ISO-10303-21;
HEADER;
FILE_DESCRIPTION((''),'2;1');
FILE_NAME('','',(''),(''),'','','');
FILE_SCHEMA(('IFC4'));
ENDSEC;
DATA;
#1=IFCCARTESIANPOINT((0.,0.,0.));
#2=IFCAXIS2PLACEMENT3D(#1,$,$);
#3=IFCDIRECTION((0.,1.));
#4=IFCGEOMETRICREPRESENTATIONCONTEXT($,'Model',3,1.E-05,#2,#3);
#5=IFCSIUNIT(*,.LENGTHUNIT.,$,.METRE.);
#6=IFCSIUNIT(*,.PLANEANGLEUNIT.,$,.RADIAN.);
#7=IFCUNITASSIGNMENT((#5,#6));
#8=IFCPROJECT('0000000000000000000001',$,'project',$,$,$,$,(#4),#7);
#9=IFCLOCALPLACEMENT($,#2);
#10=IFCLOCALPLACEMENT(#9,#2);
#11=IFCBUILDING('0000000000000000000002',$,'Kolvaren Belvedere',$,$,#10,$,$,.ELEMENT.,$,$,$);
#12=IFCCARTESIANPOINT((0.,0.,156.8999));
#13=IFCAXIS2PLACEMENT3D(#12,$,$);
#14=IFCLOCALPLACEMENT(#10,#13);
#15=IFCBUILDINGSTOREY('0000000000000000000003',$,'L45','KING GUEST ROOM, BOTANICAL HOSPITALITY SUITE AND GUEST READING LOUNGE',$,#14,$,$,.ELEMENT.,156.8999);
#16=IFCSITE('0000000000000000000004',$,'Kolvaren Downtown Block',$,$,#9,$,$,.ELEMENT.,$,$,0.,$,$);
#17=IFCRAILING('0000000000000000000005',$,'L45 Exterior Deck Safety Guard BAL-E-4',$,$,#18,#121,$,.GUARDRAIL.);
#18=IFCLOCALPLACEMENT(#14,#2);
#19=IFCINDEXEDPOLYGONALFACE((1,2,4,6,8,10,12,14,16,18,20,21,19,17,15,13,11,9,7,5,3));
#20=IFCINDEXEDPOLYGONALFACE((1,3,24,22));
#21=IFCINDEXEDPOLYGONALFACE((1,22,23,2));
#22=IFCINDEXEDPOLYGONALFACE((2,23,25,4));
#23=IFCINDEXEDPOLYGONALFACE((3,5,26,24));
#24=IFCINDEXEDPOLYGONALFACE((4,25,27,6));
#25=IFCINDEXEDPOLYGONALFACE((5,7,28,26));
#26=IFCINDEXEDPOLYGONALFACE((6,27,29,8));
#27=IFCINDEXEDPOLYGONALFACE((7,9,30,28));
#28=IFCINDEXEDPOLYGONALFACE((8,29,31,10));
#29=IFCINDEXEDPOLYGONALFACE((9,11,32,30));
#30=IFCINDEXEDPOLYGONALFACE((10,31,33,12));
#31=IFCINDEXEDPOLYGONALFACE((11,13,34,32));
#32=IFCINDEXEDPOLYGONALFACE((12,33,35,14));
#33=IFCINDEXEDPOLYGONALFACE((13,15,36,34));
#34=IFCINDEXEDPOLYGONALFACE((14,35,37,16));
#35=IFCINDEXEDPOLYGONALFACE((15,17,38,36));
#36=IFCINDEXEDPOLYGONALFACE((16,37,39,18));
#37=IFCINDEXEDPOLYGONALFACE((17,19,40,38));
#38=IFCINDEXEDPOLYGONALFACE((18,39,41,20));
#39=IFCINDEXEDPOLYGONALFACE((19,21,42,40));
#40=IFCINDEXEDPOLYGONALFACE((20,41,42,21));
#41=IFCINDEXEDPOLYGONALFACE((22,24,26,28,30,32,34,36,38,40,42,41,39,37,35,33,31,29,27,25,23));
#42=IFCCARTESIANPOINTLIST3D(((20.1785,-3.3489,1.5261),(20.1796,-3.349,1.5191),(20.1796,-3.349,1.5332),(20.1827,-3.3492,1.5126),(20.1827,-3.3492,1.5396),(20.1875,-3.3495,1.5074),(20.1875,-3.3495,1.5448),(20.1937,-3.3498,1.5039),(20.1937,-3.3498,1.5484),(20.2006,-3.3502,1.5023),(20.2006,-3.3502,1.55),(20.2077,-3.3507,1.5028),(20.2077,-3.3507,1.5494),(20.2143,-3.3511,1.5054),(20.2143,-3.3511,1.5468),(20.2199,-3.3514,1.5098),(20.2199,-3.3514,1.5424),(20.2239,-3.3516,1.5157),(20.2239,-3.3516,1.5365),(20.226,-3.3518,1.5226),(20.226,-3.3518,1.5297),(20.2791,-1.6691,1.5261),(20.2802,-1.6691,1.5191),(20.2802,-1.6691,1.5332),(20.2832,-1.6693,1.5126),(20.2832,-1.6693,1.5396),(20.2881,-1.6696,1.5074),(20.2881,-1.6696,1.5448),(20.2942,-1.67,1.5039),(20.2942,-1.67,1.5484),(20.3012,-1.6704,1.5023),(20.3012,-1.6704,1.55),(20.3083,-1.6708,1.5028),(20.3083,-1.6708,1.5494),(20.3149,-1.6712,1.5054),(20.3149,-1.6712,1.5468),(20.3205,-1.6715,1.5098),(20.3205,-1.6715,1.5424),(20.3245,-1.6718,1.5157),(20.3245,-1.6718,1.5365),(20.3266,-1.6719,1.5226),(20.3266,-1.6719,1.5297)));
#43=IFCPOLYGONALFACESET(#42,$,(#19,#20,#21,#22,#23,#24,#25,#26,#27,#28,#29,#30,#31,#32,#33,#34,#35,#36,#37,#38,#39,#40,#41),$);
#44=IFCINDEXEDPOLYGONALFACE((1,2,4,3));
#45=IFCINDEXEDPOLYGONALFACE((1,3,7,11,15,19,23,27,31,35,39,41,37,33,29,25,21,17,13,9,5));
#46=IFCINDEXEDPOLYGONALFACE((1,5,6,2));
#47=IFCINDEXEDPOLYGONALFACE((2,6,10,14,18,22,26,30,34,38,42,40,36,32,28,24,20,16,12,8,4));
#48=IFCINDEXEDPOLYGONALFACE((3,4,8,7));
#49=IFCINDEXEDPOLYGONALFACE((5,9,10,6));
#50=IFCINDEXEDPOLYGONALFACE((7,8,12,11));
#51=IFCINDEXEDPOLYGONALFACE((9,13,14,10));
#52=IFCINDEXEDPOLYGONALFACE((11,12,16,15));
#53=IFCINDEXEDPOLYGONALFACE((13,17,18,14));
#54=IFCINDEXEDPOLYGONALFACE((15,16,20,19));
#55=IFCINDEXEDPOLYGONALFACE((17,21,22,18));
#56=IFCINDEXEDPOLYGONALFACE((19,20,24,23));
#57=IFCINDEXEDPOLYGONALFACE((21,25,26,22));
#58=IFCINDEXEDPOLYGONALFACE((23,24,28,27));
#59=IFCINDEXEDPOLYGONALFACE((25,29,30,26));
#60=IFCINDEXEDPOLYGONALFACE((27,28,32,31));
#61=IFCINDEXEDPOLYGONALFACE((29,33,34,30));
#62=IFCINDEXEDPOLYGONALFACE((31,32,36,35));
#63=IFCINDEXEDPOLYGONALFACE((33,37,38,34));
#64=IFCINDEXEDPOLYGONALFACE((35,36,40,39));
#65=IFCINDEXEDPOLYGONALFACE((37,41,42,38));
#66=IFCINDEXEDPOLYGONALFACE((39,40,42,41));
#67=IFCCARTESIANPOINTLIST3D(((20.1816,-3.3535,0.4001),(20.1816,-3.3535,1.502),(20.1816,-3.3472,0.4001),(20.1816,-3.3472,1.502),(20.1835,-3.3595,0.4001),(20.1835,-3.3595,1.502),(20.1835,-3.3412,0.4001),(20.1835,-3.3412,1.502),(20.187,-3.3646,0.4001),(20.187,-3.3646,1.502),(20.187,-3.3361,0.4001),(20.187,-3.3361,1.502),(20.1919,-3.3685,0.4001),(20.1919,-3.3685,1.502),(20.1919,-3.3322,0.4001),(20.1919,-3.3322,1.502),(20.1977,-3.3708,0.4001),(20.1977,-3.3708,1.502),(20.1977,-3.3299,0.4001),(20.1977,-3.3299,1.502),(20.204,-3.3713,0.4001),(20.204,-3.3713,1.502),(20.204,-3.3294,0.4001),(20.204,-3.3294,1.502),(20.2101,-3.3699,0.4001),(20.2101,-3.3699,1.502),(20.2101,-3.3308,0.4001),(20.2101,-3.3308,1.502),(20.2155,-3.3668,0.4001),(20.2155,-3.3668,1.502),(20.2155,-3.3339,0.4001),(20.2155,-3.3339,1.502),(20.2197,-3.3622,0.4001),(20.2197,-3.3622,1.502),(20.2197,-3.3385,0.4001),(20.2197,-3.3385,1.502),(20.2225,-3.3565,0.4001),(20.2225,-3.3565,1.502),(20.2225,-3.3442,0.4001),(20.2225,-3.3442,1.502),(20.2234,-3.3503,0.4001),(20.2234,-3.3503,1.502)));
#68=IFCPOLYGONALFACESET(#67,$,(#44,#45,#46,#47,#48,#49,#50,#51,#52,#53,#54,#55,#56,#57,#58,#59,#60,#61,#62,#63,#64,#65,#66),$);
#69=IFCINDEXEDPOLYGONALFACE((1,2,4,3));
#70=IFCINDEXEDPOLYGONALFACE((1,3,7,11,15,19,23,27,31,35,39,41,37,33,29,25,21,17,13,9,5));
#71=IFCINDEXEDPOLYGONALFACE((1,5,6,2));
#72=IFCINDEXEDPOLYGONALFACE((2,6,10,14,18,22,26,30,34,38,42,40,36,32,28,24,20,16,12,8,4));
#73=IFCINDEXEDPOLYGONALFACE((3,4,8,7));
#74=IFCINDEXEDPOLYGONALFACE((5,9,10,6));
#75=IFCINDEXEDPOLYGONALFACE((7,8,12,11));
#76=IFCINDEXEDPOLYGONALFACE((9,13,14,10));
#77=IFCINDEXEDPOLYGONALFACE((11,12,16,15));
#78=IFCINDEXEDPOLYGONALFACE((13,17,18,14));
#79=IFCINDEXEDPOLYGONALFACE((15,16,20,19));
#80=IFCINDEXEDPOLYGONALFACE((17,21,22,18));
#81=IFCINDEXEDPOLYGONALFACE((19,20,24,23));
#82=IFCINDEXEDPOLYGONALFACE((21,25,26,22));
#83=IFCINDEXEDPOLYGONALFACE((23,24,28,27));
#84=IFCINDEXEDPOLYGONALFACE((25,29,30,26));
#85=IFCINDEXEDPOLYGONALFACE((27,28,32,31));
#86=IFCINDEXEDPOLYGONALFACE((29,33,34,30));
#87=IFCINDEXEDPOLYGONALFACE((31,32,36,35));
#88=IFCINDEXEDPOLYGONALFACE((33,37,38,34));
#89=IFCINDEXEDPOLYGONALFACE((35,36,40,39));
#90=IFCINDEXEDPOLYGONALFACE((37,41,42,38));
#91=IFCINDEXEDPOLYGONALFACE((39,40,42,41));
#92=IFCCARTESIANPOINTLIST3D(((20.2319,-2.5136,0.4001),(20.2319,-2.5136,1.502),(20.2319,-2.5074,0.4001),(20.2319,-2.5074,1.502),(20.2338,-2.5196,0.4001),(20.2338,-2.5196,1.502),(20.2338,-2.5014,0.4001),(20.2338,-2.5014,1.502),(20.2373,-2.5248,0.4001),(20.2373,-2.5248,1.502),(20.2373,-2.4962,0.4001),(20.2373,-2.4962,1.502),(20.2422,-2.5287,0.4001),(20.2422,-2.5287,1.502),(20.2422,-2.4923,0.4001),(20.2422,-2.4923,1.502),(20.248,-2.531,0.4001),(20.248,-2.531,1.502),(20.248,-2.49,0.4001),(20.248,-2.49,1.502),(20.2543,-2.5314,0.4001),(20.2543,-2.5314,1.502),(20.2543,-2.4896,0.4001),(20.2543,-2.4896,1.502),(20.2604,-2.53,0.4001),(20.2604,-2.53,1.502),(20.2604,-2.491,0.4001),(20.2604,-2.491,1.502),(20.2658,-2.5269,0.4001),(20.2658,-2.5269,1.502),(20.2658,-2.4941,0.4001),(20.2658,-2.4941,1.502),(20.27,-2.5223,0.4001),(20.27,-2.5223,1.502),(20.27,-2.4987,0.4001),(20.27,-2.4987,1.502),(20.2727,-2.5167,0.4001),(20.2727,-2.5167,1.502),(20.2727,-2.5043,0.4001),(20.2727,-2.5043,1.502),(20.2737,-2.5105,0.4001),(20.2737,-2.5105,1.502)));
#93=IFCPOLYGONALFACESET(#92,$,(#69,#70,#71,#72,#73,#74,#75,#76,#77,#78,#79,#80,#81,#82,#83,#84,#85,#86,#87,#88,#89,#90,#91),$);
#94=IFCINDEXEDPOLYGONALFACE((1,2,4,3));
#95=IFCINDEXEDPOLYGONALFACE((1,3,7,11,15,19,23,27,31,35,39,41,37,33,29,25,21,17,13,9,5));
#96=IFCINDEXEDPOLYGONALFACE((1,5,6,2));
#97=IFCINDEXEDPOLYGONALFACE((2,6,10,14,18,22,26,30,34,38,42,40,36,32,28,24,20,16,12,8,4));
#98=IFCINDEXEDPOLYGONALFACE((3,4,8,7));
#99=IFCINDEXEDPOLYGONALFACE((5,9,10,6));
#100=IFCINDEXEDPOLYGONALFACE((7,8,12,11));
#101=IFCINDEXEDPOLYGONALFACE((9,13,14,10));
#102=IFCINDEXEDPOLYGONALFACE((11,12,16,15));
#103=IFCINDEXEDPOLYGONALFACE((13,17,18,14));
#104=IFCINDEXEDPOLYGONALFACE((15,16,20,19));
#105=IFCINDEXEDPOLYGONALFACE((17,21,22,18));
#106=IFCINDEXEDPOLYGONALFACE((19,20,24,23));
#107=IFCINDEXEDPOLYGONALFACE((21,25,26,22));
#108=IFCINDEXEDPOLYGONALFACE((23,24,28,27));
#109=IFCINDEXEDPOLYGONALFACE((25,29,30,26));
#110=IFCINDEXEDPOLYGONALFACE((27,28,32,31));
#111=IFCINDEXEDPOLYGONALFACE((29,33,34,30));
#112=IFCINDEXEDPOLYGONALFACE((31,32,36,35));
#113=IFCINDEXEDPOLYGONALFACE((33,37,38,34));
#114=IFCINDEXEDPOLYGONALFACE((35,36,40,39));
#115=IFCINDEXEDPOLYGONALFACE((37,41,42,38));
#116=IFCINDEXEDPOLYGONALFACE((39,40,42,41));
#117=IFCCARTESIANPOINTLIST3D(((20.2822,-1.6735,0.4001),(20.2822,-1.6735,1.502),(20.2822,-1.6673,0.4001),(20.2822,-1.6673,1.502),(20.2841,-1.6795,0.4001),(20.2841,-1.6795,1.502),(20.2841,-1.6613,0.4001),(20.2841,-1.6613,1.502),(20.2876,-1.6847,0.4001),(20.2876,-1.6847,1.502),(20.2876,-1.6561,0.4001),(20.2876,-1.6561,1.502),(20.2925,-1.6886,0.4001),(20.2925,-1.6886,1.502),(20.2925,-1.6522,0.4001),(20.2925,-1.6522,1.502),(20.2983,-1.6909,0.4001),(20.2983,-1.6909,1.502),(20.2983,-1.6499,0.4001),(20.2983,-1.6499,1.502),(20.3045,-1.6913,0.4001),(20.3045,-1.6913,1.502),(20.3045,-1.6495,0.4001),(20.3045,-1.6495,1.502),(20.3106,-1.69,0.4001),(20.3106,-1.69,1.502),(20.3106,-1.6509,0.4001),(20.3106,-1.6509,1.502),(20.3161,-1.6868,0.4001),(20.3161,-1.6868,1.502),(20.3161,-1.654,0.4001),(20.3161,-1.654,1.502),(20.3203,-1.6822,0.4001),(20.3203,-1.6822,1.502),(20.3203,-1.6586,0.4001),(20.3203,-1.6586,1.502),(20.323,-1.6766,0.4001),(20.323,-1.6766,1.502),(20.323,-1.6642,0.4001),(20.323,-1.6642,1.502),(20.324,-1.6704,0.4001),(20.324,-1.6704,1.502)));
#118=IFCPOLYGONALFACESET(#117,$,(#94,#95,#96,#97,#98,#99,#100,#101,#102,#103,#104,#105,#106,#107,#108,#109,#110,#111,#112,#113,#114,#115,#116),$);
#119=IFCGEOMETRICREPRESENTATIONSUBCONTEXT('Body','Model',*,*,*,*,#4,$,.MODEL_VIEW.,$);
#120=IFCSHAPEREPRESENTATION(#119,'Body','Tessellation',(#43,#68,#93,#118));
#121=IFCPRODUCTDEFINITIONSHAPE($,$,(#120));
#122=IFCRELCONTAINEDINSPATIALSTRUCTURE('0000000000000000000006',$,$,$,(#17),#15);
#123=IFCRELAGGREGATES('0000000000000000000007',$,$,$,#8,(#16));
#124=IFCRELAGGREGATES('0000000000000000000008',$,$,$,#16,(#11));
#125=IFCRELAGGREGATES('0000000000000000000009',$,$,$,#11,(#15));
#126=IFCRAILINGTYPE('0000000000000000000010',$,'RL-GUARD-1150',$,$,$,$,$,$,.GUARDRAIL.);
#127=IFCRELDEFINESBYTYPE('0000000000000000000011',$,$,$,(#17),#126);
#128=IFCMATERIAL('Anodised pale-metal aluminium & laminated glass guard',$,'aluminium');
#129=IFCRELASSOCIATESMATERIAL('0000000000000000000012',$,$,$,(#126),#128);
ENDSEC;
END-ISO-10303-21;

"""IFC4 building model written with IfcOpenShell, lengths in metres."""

from ifc_helpers import new_model, si_unit, direction, frame, origin, origin_2d, place, context, subcontext, project, spatial, circle, extrude, material, type_object, element, save


model = new_model("IFC4")

# Units and contexts
model_context = context("Model", 3, precision=1e-05, world=origin(), true_north=direction((0.0, 1.0)))
body_context = subcontext(model_context, "Body", "Model", "MODEL_VIEW")
ifc_project = project(units=[si_unit("LENGTHUNIT", "METRE"), si_unit("PLANEANGLEUNIT", "RADIAN")], contexts=[model_context])

# Site, building, storey
site_placement = place(None, origin())
site = spatial("IfcSite", under=ifc_project, at=site_placement, Name="Kolvaren Downtown Block", CompositionType="ELEMENT", RefElevation=0.0)
building_placement = place(site_placement, origin())
building = spatial("IfcBuilding", under=site, at=building_placement, Name="Kolvaren Belvedere", CompositionType="ELEMENT")
storey_placement = place(building_placement, frame((0.0, 0.0, 156.8999)))
storey = spatial("IfcBuildingStorey", under=building, at=storey_placement, Name="L45", Description="KING GUEST ROOM, BOTANICAL HOSPITALITY SUITE AND GUEST READING LOUNGE", CompositionType="ELEMENT", Elevation=156.8999)

# Railing
ifc_material_1 = material(Name="Anodised pale-metal aluminium & laminated glass guard", Category="aluminium")
railing_type = type_object("IfcRailingType", Name="RL-GUARD-1150", PredefinedType="GUARDRAIL", material=ifc_material_1)
railing_1_placement = place(storey_placement, frame((20.2024, -3.3503, 0.4001)))
element("IfcRailing", 1, at=railing_1_placement, inside=storey, type_object=railing_type, Name="L45 Exterior Deck Safety Guard BAL-E-4", PredefinedType="GUARDRAIL", context=body_context, shape_type="SweptSolid", body=[
    extrude(circle(Radius=0.0239, at=origin_2d()), frame((0.0, 0.0, 1.126), z_axis=(0.059768, 0.998212, 0.0), x_axis=(-0.998212, 0.059768, 0.0)), (0.0, 0.0, 1.0), 1.6829),
    extrude(circle(Radius=0.021, at=origin_2d()), origin(), (0.0, 0.0, 1.0), 1.1018),
    extrude(circle(Radius=0.021, at=origin_2d()), frame((0.0503, 0.8398, 0.0)), (0.0, 0.0, 1.0), 1.1018),
    extrude(circle(Radius=0.021, at=origin_2d()), frame((0.1006, 1.6799, 0.0)), (0.0, 0.0, 1.0), 1.1018),
])

save(model, "model.ifc")
